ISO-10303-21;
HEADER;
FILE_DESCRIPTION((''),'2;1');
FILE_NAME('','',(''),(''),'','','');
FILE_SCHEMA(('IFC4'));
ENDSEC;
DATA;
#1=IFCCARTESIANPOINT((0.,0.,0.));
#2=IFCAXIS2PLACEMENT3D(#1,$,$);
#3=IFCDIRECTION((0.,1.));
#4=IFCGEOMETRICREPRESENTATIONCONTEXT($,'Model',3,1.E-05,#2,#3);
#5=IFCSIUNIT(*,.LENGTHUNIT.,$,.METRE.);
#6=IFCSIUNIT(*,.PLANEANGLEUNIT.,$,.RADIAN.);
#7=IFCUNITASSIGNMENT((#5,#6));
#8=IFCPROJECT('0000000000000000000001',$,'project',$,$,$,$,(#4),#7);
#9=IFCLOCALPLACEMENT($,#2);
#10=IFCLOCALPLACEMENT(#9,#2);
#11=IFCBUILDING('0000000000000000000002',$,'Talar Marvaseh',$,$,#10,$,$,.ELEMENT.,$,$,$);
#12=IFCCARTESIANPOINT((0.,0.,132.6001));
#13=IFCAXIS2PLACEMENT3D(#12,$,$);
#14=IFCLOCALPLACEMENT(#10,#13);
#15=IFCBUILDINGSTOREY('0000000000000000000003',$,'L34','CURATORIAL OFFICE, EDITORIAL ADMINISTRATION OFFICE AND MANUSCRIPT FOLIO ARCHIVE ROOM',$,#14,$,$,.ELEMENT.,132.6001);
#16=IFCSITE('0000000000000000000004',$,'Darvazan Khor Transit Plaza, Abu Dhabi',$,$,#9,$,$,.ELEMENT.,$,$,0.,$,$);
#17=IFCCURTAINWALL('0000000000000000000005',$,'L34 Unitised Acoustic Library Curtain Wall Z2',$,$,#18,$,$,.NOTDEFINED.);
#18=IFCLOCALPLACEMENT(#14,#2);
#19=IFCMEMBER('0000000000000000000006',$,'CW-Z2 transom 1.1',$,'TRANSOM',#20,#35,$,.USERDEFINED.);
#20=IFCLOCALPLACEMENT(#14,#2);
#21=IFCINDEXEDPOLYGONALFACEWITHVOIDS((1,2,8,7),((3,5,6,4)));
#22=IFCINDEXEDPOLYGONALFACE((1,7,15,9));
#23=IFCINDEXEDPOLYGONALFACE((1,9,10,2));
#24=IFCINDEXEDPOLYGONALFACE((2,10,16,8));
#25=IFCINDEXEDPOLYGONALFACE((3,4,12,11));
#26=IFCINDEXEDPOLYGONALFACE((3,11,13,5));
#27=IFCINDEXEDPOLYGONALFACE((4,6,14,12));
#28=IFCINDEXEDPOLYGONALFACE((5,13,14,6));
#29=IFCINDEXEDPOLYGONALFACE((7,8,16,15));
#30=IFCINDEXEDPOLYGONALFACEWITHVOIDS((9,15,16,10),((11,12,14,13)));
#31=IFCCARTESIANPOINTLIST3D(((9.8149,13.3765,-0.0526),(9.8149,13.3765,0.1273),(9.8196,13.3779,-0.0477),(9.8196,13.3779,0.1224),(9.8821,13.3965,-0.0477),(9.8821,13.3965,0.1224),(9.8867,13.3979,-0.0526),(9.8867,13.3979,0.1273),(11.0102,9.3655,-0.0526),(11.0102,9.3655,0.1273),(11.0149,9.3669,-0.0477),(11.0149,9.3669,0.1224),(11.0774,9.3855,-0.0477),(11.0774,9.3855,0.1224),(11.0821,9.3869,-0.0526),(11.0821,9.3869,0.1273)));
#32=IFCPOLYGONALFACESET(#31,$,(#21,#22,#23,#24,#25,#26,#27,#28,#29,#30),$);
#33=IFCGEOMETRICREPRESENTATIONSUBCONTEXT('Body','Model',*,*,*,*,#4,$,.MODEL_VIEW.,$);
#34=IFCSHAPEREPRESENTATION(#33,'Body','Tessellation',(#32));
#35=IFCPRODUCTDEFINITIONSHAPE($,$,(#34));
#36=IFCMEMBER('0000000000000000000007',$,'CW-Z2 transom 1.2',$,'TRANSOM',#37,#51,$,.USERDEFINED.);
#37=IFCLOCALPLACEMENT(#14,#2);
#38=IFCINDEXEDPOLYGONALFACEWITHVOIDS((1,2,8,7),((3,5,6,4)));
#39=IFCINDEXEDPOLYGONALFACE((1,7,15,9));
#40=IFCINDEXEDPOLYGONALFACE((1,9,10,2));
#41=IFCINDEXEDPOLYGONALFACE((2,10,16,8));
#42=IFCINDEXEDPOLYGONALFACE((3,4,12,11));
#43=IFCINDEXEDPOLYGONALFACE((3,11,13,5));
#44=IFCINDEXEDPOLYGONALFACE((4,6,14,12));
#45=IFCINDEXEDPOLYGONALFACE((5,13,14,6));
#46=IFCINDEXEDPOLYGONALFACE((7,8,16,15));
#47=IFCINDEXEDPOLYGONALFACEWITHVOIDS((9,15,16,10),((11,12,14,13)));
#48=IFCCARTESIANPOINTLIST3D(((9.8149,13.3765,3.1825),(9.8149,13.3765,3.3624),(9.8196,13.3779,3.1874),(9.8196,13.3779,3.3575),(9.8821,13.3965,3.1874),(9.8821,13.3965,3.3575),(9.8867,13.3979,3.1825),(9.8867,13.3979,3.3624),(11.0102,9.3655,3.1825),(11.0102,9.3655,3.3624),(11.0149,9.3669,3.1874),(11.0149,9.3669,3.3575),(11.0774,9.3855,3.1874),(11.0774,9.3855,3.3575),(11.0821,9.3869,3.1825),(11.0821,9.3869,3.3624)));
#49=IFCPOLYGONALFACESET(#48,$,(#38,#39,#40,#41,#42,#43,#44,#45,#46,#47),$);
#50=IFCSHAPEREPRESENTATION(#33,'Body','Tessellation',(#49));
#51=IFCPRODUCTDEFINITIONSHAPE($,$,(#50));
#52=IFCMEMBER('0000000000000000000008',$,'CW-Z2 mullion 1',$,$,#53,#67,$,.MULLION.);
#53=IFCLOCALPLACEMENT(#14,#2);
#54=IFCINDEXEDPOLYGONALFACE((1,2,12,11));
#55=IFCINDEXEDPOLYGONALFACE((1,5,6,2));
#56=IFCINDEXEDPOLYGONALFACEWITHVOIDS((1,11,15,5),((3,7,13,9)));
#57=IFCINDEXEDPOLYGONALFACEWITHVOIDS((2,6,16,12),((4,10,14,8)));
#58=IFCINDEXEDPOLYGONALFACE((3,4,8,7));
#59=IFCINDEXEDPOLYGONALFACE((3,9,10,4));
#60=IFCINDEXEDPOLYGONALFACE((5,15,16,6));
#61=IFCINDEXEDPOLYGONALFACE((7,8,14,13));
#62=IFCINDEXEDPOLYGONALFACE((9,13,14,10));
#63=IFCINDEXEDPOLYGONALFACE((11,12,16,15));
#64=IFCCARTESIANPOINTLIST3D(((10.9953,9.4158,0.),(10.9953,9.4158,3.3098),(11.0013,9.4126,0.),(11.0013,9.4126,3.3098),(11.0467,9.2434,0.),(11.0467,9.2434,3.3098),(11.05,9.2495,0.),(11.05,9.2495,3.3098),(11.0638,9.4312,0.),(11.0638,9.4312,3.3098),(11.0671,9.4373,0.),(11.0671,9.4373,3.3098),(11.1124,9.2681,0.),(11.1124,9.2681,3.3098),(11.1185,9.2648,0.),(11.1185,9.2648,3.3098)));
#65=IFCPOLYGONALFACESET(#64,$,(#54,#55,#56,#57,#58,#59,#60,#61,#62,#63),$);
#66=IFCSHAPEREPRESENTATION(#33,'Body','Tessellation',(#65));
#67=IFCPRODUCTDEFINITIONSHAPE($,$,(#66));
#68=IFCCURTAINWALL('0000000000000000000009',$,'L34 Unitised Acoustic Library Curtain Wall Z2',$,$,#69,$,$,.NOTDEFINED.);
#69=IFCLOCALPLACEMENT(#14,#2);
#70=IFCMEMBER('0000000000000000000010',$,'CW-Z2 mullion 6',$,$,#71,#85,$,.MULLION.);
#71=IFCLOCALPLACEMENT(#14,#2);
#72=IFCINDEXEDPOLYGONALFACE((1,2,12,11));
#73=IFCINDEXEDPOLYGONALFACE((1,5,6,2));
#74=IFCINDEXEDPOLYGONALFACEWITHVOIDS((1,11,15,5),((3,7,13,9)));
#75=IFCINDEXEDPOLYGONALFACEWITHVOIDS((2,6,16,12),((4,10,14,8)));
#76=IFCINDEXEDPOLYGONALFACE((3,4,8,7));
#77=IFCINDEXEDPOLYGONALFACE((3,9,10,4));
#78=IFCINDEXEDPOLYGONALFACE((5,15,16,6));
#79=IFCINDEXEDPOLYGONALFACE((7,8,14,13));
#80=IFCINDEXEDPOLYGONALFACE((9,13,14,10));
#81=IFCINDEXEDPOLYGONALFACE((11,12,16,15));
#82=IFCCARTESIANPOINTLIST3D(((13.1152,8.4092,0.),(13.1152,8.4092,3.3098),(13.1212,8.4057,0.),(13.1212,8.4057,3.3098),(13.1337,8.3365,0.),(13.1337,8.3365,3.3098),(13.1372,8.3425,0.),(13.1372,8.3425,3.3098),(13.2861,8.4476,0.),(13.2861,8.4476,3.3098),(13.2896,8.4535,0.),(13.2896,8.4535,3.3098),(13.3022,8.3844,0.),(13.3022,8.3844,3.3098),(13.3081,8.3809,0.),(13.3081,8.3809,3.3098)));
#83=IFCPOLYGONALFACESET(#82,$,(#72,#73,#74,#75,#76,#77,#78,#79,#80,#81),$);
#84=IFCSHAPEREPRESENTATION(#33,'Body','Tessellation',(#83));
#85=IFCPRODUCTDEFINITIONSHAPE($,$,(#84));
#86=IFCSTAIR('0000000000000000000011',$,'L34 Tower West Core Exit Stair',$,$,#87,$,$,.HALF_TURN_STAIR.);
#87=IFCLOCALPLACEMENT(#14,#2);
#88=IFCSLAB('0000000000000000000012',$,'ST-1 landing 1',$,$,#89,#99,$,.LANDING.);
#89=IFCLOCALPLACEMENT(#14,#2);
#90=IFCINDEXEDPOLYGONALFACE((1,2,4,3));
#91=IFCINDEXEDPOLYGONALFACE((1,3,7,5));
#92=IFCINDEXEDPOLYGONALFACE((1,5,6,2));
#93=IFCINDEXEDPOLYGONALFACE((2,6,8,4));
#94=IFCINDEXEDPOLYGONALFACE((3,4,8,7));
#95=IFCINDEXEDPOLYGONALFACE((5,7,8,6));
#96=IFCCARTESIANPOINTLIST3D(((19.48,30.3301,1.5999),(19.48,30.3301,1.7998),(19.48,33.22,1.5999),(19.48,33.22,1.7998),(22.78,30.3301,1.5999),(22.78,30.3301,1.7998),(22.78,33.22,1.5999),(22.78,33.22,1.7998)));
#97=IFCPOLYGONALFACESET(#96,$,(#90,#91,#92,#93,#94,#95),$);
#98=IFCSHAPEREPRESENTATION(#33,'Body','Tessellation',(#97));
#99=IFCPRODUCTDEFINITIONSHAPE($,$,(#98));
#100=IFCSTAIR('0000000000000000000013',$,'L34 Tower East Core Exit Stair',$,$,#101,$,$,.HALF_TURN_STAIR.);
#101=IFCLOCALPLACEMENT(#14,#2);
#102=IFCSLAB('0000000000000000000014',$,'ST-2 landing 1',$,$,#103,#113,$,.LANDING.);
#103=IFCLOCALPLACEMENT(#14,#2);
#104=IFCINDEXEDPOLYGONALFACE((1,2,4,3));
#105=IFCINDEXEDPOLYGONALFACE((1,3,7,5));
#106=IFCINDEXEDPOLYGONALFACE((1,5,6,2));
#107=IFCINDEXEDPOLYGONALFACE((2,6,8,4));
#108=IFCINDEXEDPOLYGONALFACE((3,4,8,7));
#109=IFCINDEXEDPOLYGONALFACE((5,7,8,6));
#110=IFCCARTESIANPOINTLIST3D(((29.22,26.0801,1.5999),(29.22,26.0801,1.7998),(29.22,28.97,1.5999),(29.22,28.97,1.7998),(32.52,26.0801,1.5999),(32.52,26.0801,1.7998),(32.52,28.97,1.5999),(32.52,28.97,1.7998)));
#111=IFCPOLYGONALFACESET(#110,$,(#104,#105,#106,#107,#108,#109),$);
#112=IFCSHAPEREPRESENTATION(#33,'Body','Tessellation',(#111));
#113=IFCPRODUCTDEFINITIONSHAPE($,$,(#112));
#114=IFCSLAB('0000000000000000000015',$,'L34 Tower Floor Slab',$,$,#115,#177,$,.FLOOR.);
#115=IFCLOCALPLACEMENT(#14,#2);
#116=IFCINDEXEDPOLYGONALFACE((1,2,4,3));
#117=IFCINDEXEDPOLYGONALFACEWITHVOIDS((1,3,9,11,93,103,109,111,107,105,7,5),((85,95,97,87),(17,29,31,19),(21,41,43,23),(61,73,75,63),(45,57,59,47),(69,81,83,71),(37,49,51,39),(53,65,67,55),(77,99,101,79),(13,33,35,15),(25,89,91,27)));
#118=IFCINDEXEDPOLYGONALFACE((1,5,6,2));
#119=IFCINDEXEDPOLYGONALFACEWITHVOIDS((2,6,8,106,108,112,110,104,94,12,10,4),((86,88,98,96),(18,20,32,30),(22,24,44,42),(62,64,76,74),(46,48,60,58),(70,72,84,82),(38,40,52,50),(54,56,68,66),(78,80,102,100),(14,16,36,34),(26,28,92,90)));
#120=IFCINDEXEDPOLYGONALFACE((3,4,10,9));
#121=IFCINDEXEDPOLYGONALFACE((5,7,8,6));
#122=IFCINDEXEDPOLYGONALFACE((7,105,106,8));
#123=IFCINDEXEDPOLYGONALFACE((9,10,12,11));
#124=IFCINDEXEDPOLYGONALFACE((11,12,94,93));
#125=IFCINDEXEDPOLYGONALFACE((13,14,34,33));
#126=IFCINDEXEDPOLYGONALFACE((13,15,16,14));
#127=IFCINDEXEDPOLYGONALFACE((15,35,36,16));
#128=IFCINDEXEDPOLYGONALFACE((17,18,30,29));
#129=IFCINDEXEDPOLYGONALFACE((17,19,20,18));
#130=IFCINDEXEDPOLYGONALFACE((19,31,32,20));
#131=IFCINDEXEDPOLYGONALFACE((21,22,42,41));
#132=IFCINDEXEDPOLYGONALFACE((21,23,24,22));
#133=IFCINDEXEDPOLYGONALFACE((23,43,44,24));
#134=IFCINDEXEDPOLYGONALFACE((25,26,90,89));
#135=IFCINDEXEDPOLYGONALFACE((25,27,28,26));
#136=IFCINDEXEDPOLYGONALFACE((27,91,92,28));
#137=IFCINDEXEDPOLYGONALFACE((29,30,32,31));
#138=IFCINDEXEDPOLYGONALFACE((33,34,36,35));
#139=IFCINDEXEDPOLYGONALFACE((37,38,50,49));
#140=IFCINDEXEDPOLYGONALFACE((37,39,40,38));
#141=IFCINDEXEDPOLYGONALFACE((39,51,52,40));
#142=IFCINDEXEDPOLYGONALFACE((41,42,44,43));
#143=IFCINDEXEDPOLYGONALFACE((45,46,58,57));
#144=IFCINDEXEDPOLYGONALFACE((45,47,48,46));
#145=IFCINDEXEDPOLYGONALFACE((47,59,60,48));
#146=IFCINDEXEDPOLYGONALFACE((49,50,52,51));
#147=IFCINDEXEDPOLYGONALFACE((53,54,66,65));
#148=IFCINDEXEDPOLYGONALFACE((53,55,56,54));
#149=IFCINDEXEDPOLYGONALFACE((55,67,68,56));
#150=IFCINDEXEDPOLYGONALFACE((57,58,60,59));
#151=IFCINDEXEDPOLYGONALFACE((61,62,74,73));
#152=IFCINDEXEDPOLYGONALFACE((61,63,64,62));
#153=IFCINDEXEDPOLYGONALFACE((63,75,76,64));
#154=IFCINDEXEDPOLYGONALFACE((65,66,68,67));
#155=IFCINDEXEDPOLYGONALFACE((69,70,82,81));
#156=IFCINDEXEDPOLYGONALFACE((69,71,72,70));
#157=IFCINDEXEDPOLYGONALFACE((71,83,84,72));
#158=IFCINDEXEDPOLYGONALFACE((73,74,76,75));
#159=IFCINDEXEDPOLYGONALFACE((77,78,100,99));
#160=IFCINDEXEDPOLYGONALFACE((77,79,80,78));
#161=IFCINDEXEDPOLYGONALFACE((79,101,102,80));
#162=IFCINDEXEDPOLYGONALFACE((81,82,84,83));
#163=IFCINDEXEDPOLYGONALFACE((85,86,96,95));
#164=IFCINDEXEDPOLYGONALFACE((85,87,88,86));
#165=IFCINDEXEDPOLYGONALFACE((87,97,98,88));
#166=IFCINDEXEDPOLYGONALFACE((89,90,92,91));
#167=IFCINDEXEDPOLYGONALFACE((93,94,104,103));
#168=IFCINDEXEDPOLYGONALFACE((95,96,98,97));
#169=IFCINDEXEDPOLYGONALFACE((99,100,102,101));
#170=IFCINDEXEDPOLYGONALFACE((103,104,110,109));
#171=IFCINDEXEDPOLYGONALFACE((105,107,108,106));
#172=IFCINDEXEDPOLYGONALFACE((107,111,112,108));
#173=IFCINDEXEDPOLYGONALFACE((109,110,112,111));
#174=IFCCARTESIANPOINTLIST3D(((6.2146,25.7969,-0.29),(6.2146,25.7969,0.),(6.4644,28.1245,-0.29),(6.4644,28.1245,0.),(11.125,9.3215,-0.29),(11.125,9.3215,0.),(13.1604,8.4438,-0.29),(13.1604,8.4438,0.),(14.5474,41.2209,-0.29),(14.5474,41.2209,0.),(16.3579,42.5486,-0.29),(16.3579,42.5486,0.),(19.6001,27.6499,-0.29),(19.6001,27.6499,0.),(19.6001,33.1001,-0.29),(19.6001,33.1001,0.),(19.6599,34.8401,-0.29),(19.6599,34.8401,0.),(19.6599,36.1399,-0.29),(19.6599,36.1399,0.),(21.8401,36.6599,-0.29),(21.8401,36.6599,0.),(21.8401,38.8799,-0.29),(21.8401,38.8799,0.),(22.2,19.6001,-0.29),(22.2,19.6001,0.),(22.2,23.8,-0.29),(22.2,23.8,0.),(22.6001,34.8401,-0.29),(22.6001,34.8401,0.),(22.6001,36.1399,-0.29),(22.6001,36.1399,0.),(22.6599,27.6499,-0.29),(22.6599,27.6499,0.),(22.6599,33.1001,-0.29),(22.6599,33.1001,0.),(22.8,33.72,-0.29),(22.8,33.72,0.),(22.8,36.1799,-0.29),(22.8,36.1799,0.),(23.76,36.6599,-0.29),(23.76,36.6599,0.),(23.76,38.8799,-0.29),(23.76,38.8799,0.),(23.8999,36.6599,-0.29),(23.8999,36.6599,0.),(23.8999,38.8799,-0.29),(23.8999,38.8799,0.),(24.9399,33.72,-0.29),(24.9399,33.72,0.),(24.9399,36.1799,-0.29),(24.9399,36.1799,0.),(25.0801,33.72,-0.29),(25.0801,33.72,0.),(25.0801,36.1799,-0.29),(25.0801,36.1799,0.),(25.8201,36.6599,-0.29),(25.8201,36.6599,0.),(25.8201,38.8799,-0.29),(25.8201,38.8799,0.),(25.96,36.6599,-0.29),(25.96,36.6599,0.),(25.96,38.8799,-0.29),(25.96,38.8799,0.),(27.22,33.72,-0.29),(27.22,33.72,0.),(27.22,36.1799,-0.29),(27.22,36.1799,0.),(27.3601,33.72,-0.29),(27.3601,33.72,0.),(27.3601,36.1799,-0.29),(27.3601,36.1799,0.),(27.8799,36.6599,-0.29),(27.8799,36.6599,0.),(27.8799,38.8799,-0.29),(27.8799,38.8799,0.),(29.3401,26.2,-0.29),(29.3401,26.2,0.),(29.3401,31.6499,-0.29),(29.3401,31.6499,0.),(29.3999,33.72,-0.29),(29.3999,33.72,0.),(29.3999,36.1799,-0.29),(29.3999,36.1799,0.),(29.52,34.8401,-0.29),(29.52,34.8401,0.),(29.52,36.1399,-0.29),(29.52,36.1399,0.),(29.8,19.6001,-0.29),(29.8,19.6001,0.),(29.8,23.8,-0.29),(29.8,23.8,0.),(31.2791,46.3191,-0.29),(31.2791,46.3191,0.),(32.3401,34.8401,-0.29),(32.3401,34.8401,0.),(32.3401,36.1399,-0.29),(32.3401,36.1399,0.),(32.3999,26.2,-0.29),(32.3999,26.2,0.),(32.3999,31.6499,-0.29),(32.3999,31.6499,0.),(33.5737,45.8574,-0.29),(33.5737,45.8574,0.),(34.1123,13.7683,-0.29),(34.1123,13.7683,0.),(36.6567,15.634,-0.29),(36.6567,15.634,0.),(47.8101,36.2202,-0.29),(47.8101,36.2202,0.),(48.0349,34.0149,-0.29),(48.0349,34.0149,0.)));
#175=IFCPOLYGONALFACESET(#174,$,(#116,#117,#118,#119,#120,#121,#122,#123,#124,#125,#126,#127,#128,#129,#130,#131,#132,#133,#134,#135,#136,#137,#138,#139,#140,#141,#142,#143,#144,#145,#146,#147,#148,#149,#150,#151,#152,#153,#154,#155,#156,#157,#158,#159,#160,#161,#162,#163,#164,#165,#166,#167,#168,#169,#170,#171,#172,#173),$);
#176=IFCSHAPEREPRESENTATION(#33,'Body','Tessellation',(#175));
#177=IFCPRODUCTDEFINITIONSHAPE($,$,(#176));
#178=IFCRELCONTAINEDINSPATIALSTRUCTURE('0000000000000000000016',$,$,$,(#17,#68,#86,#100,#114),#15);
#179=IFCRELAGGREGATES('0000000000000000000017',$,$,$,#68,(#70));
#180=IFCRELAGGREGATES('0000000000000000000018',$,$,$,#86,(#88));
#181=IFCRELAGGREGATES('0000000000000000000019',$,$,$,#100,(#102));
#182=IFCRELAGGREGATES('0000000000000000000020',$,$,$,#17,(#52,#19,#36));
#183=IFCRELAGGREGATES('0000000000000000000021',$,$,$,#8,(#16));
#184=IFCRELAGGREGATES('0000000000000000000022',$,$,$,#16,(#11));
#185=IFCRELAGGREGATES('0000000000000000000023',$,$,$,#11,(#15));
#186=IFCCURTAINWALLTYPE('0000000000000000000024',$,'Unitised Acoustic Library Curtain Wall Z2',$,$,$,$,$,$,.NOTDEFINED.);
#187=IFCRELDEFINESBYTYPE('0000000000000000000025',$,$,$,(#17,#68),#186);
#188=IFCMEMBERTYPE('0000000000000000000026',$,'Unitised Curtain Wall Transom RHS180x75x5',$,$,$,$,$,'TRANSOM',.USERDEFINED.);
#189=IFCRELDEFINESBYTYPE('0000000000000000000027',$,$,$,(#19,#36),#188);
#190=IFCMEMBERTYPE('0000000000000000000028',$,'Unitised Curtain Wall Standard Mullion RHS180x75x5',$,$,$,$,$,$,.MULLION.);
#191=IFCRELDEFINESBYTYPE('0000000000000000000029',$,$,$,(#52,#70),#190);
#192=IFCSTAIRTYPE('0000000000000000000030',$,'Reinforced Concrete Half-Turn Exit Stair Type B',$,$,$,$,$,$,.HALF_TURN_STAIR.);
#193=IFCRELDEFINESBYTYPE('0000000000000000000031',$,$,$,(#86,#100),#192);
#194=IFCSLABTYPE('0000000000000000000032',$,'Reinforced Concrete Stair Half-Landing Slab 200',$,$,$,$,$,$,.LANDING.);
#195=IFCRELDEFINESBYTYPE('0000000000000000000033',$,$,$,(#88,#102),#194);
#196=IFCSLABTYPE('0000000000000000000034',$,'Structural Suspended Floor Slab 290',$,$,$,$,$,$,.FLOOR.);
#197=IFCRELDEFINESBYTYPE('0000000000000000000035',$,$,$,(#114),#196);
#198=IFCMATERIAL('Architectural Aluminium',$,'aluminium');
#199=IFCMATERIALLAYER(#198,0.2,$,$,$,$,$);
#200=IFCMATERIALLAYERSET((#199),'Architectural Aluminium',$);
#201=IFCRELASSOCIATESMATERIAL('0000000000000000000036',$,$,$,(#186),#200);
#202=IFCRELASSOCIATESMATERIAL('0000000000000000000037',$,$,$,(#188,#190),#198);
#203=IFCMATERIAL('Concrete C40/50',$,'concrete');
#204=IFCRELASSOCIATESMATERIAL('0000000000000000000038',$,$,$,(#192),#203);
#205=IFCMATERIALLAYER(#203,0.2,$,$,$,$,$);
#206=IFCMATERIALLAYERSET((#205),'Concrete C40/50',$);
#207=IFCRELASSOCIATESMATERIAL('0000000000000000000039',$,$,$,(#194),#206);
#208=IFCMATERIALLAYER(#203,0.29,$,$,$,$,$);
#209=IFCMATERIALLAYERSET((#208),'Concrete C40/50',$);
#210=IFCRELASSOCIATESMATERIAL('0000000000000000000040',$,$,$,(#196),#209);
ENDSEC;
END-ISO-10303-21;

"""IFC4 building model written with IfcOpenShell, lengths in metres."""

from ifc_helpers import new_model, si_unit, direction, frame, origin, origin_2d, place, context, subcontext, project, spatial, polyline, hollow_rectangle, outline, extrude, source, transform, mapped, material, layer, layer_set, material_profile, profile_set, type_object, type_shapes, element, aggregate, save


model = new_model("IFC4")

# Units and contexts
model_context = context("Model", 3, precision=1e-05, world=origin(), true_north=direction((0.0, 1.0)))
body_context = subcontext(model_context, "Body", "Model", "MODEL_VIEW")
ifc_project = project(units=[si_unit("LENGTHUNIT", "METRE"), si_unit("PLANEANGLEUNIT", "RADIAN")], contexts=[model_context])

# Site, building, storey
site_placement = place(None, origin())
site = spatial("IfcSite", under=ifc_project, at=site_placement, Name="Darvazan Khor Transit Plaza, Abu Dhabi", CompositionType="ELEMENT", RefElevation=0.0)
building_placement = place(site_placement, origin())
building = spatial("IfcBuilding", under=site, at=building_placement, Name="Talar Marvaseh", CompositionType="ELEMENT")
storey_placement = place(building_placement, frame((0.0, 0.0, 132.6001)))
storey = spatial("IfcBuildingStorey", under=building, at=storey_placement, Name="L34", Description="CURATORIAL OFFICE, EDITORIAL ADMINISTRATION OFFICE AND MANUSCRIPT FOLIO ARCHIVE ROOM", CompositionType="ELEMENT", Elevation=132.6001)

# Curtain wall, members
ifc_material_1 = material(Name="Architectural Aluminium", Category="aluminium")
ifc_layer_1 = layer(ifc_material_1, 0.2)
ifc_layer_set_1 = layer_set([ifc_layer_1], Name="Architectural Aluminium")
curtain_wall_type = type_object("IfcCurtainWallType", Name="Unitised Acoustic Library Curtain Wall Z2", PredefinedType="NOTDEFINED", material=ifc_layer_set_1)
curtain_wall_1_placement = place(storey_placement, origin())
curtain_wall_1 = element("IfcCurtainWall", 1, at=curtain_wall_1_placement, inside=storey, type_object=curtain_wall_type, Name="L34 Unitised Acoustic Library Curtain Wall Z2", PredefinedType="NOTDEFINED")
ifc_material_profile_1 = material_profile(ifc_material_1, hollow_rectangle(XDim=0.075, YDim=0.1799, WallThickness=0.0049, at=origin_2d()), Name="RHS180x75x5")
ifc_profile_set_1 = profile_set([ifc_material_profile_1], Name="Architectural Aluminium")
member_type_1 = type_object("IfcMemberType", Name="Unitised Curtain Wall Transom RHS180x75x5", ElementType="TRANSOM", PredefinedType="USERDEFINED", material=ifc_profile_set_1)
shared_shape_1 = source(origin(), body_context, "Body", "SweptSolid", [
    extrude(hollow_rectangle(XDim=0.075, YDim=0.1799, WallThickness=0.0049, at=origin_2d()), origin(), (0.0, 0.0, 1.0), 4.1853),
])
type_shapes(member_type_1, [shared_shape_1])
member_1_placement = place(storey_placement, frame((11.0461, 9.3762, 0.0374), z_axis=(-0.285597, 0.95835, 0.0), x_axis=(-0.95835, -0.285597, 0.0)))
member_1 = element("IfcMember", 2, at=member_1_placement, type_object=member_type_1, Name="CW-Z2 transom 1.1", ObjectType="TRANSOM", PredefinedType="USERDEFINED", context=body_context, shape_type="MappedRepresentation", body=[
    mapped(shared_shape_1, transform((0.0, 0.0, 0.0), x_axis=(1.0, 0.0, 0.0), y_axis=(0.0, 1.0, 0.0), z_axis=(0.0, 0.0, 1.0), scale=1.0)),
])
member_2_placement = place(storey_placement, frame((11.0461, 9.3762, 3.2725), z_axis=(-0.285597, 0.95835, 0.0), x_axis=(-0.95835, -0.285597, 0.0)))
member_2 = element("IfcMember", 3, at=member_2_placement, type_object=member_type_1, Name="CW-Z2 transom 1.2", ObjectType="TRANSOM", PredefinedType="USERDEFINED", context=body_context, shape_type="MappedRepresentation", body=[
    mapped(shared_shape_1, transform((0.0, 0.0, 0.0), x_axis=(1.0, 0.0, 0.0), y_axis=(0.0, 1.0, 0.0), z_axis=(0.0, 0.0, 1.0), scale=1.0)),
])
ifc_material_profile_2 = material_profile(ifc_material_1, hollow_rectangle(XDim=0.075, YDim=0.1799, WallThickness=0.0049, at=origin_2d()), Name="RHS180x75x5")
ifc_profile_set_2 = profile_set([ifc_material_profile_2], Name="Architectural Aluminium")
member_type_2 = type_object("IfcMemberType", Name="Unitised Curtain Wall Standard Mullion RHS180x75x5", PredefinedType="MULLION", material=ifc_profile_set_2)
shared_shape_2 = source(origin(), body_context, "Body", "SweptSolid", [
    extrude(hollow_rectangle(XDim=0.075, YDim=0.1799, WallThickness=0.0049, at=origin_2d()), origin(), (0.0, 0.0, 1.0), 3.3098),
])
type_shapes(member_type_2, [shared_shape_2])
member_3_placement = place(storey_placement, frame((11.0569, 9.3403, 0.0), z_axis=(0.0, 0.0, 1.0), x_axis=(-0.958341, -0.285628, 0.0)))
member_3 = element("IfcMember", 4, at=member_3_placement, type_object=member_type_2, Name="CW-Z2 mullion 1", PredefinedType="MULLION", context=body_context, shape_type="MappedRepresentation", body=[
    mapped(shared_shape_2, transform((0.0, 0.0, 0.0), x_axis=(1.0, 0.0, 0.0), y_axis=(0.0, 1.0, 0.0), z_axis=(0.0, 0.0, 1.0), scale=1.0)),
])

# Curtain wall, member
curtain_wall_2_placement = place(storey_placement, origin())
curtain_wall_2 = element("IfcCurtainWall", 5, at=curtain_wall_2_placement, inside=storey, type_object=curtain_wall_type, Name="L34 Unitised Acoustic Library Curtain Wall Z2", PredefinedType="NOTDEFINED")
member_4_placement = place(storey_placement, frame((13.2117, 8.395, 0.0), z_axis=(0.0, 0.0, 1.0), x_axis=(0.246303, -0.969193, 0.0)))
member_4 = element("IfcMember", 6, at=member_4_placement, type_object=member_type_2, Name="CW-Z2 mullion 6", PredefinedType="MULLION", context=body_context, shape_type="MappedRepresentation", body=[
    mapped(shared_shape_2, transform((0.0, 0.0, 0.0), x_axis=(1.0, 0.0, 0.0), y_axis=(0.0, 1.0, 0.0), z_axis=(0.0, 0.0, 1.0), scale=1.0)),
])
aggregate(curtain_wall_2, [member_4])

# Stairs, slabs
ifc_material_2 = material(Name="Concrete C40/50", Category="concrete")
stair_type = type_object("IfcStairType", Name="Reinforced Concrete Half-Turn Exit Stair Type B", PredefinedType="HALF_TURN_STAIR", material=ifc_material_2)
stair_1_placement = place(storey_placement, origin())
stair_1 = element("IfcStair", 7, at=stair_1_placement, inside=storey, type_object=stair_type, Name="L34 Tower West Core Exit Stair", PredefinedType="HALF_TURN_STAIR")
ifc_layer_2 = layer(ifc_material_2, 0.2)
ifc_layer_set_2 = layer_set([ifc_layer_2], Name="Concrete C40/50")
slab_type_1 = type_object("IfcSlabType", Name="Reinforced Concrete Stair Half-Landing Slab 200", PredefinedType="LANDING", material=ifc_layer_set_2)
slab_1_placement = place(storey_placement, frame((0.0, 0.0, 1.5999)))
slab_1 = element("IfcSlab", 8, at=slab_1_placement, type_object=slab_type_1, Name="ST-1 landing 1", PredefinedType="LANDING", context=body_context, shape_type="SweptSolid", body=[
    extrude(outline(polyline([(22.78, 30.3301), (22.78, 33.22), (19.48, 33.22), (19.48, 30.3301), (22.78, 30.3301)])), origin(), (0.0, 0.0, 1.0), 0.2),
])
aggregate(stair_1, [slab_1])
stair_2_placement = place(storey_placement, origin())
stair_2 = element("IfcStair", 9, at=stair_2_placement, inside=storey, type_object=stair_type, Name="L34 Tower East Core Exit Stair", PredefinedType="HALF_TURN_STAIR")
slab_2_placement = place(storey_placement, frame((0.0, 0.0, 1.5999)))
slab_2 = element("IfcSlab", 10, at=slab_2_placement, type_object=slab_type_1, Name="ST-2 landing 1", PredefinedType="LANDING", context=body_context, shape_type="SweptSolid", body=[
    extrude(outline(polyline([(29.22, 28.97), (29.22, 26.0801), (32.52, 26.0801), (32.52, 28.97), (29.22, 28.97)])), origin(), (0.0, 0.0, 1.0), 0.2),
])
aggregate(stair_2, [slab_2])

# Slab
ifc_layer_3 = layer(ifc_material_2, 0.29)
ifc_layer_set_3 = layer_set([ifc_layer_3], Name="Concrete C40/50")
slab_type_2 = type_object("IfcSlabType", Name="Structural Suspended Floor Slab 290", PredefinedType="FLOOR", material=ifc_layer_set_3)
slab_3_placement = place(storey_placement, frame((0.0, 0.0, -0.29)))
element("IfcSlab", 11, at=slab_3_placement, inside=storey, type_object=slab_type_2, Name="L34 Tower Floor Slab", PredefinedType="FLOOR", context=body_context, shape_type="SweptSolid", body=[
    extrude(outline(polyline([(13.1604, 8.4438), (11.125, 9.3215), (6.2146, 25.7969), (6.4644, 28.1245), (14.5474, 41.2209), (16.3579, 42.5486), (31.2791, 46.3191), (33.5737, 45.8574), (47.8101, 36.2202), (48.0349, 34.0149), (36.6567, 15.634), (34.1123, 13.7683), (13.1604, 8.4438)]), holes=[polyline([(22.6599, 27.6499), (22.6599, 33.1001), (19.6001, 33.1001), (19.6001, 27.6499), (22.6599, 27.6499)]), polyline([(29.3401, 31.6499), (29.3401, 26.2), (32.3999, 26.2), (32.3999, 31.6499), (29.3401, 31.6499)]), polyline([(22.8, 33.72), (24.9399, 33.72), (24.9399, 36.1799), (22.8, 36.1799), (22.8, 33.72)]), polyline([(25.0801, 33.72), (27.22, 33.72), (27.22, 36.1799), (25.0801, 36.1799), (25.0801, 33.72)]), polyline([(27.3601, 33.72), (29.3999, 33.72), (29.3999, 36.1799), (27.3601, 36.1799), (27.3601, 33.72)]), polyline([(21.8401, 36.6599), (23.76, 36.6599), (23.76, 38.8799), (21.8401, 38.8799), (21.8401, 36.6599)]), polyline([(23.8999, 36.6599), (25.8201, 36.6599), (25.8201, 38.8799), (23.8999, 38.8799), (23.8999, 36.6599)]), polyline([(25.96, 36.6599), (27.8799, 36.6599), (27.8799, 38.8799), (25.96, 38.8799), (25.96, 36.6599)]), polyline([(19.6599, 34.8401), (22.6001, 34.8401), (22.6001, 36.1399), (19.6599, 36.1399), (19.6599, 34.8401)]), polyline([(29.52, 34.8401), (32.3401, 34.8401), (32.3401, 36.1399), (29.52, 36.1399), (29.52, 34.8401)]), polyline([(22.2, 19.6001), (29.8, 19.6001), (29.8, 23.8), (22.2, 23.8), (22.2, 19.6001)])]), origin(), (0.0, 0.0, 1.0), 0.29),
])

aggregate(curtain_wall_1, [member_3, member_1, member_2])

save(model, "model.ifc")
